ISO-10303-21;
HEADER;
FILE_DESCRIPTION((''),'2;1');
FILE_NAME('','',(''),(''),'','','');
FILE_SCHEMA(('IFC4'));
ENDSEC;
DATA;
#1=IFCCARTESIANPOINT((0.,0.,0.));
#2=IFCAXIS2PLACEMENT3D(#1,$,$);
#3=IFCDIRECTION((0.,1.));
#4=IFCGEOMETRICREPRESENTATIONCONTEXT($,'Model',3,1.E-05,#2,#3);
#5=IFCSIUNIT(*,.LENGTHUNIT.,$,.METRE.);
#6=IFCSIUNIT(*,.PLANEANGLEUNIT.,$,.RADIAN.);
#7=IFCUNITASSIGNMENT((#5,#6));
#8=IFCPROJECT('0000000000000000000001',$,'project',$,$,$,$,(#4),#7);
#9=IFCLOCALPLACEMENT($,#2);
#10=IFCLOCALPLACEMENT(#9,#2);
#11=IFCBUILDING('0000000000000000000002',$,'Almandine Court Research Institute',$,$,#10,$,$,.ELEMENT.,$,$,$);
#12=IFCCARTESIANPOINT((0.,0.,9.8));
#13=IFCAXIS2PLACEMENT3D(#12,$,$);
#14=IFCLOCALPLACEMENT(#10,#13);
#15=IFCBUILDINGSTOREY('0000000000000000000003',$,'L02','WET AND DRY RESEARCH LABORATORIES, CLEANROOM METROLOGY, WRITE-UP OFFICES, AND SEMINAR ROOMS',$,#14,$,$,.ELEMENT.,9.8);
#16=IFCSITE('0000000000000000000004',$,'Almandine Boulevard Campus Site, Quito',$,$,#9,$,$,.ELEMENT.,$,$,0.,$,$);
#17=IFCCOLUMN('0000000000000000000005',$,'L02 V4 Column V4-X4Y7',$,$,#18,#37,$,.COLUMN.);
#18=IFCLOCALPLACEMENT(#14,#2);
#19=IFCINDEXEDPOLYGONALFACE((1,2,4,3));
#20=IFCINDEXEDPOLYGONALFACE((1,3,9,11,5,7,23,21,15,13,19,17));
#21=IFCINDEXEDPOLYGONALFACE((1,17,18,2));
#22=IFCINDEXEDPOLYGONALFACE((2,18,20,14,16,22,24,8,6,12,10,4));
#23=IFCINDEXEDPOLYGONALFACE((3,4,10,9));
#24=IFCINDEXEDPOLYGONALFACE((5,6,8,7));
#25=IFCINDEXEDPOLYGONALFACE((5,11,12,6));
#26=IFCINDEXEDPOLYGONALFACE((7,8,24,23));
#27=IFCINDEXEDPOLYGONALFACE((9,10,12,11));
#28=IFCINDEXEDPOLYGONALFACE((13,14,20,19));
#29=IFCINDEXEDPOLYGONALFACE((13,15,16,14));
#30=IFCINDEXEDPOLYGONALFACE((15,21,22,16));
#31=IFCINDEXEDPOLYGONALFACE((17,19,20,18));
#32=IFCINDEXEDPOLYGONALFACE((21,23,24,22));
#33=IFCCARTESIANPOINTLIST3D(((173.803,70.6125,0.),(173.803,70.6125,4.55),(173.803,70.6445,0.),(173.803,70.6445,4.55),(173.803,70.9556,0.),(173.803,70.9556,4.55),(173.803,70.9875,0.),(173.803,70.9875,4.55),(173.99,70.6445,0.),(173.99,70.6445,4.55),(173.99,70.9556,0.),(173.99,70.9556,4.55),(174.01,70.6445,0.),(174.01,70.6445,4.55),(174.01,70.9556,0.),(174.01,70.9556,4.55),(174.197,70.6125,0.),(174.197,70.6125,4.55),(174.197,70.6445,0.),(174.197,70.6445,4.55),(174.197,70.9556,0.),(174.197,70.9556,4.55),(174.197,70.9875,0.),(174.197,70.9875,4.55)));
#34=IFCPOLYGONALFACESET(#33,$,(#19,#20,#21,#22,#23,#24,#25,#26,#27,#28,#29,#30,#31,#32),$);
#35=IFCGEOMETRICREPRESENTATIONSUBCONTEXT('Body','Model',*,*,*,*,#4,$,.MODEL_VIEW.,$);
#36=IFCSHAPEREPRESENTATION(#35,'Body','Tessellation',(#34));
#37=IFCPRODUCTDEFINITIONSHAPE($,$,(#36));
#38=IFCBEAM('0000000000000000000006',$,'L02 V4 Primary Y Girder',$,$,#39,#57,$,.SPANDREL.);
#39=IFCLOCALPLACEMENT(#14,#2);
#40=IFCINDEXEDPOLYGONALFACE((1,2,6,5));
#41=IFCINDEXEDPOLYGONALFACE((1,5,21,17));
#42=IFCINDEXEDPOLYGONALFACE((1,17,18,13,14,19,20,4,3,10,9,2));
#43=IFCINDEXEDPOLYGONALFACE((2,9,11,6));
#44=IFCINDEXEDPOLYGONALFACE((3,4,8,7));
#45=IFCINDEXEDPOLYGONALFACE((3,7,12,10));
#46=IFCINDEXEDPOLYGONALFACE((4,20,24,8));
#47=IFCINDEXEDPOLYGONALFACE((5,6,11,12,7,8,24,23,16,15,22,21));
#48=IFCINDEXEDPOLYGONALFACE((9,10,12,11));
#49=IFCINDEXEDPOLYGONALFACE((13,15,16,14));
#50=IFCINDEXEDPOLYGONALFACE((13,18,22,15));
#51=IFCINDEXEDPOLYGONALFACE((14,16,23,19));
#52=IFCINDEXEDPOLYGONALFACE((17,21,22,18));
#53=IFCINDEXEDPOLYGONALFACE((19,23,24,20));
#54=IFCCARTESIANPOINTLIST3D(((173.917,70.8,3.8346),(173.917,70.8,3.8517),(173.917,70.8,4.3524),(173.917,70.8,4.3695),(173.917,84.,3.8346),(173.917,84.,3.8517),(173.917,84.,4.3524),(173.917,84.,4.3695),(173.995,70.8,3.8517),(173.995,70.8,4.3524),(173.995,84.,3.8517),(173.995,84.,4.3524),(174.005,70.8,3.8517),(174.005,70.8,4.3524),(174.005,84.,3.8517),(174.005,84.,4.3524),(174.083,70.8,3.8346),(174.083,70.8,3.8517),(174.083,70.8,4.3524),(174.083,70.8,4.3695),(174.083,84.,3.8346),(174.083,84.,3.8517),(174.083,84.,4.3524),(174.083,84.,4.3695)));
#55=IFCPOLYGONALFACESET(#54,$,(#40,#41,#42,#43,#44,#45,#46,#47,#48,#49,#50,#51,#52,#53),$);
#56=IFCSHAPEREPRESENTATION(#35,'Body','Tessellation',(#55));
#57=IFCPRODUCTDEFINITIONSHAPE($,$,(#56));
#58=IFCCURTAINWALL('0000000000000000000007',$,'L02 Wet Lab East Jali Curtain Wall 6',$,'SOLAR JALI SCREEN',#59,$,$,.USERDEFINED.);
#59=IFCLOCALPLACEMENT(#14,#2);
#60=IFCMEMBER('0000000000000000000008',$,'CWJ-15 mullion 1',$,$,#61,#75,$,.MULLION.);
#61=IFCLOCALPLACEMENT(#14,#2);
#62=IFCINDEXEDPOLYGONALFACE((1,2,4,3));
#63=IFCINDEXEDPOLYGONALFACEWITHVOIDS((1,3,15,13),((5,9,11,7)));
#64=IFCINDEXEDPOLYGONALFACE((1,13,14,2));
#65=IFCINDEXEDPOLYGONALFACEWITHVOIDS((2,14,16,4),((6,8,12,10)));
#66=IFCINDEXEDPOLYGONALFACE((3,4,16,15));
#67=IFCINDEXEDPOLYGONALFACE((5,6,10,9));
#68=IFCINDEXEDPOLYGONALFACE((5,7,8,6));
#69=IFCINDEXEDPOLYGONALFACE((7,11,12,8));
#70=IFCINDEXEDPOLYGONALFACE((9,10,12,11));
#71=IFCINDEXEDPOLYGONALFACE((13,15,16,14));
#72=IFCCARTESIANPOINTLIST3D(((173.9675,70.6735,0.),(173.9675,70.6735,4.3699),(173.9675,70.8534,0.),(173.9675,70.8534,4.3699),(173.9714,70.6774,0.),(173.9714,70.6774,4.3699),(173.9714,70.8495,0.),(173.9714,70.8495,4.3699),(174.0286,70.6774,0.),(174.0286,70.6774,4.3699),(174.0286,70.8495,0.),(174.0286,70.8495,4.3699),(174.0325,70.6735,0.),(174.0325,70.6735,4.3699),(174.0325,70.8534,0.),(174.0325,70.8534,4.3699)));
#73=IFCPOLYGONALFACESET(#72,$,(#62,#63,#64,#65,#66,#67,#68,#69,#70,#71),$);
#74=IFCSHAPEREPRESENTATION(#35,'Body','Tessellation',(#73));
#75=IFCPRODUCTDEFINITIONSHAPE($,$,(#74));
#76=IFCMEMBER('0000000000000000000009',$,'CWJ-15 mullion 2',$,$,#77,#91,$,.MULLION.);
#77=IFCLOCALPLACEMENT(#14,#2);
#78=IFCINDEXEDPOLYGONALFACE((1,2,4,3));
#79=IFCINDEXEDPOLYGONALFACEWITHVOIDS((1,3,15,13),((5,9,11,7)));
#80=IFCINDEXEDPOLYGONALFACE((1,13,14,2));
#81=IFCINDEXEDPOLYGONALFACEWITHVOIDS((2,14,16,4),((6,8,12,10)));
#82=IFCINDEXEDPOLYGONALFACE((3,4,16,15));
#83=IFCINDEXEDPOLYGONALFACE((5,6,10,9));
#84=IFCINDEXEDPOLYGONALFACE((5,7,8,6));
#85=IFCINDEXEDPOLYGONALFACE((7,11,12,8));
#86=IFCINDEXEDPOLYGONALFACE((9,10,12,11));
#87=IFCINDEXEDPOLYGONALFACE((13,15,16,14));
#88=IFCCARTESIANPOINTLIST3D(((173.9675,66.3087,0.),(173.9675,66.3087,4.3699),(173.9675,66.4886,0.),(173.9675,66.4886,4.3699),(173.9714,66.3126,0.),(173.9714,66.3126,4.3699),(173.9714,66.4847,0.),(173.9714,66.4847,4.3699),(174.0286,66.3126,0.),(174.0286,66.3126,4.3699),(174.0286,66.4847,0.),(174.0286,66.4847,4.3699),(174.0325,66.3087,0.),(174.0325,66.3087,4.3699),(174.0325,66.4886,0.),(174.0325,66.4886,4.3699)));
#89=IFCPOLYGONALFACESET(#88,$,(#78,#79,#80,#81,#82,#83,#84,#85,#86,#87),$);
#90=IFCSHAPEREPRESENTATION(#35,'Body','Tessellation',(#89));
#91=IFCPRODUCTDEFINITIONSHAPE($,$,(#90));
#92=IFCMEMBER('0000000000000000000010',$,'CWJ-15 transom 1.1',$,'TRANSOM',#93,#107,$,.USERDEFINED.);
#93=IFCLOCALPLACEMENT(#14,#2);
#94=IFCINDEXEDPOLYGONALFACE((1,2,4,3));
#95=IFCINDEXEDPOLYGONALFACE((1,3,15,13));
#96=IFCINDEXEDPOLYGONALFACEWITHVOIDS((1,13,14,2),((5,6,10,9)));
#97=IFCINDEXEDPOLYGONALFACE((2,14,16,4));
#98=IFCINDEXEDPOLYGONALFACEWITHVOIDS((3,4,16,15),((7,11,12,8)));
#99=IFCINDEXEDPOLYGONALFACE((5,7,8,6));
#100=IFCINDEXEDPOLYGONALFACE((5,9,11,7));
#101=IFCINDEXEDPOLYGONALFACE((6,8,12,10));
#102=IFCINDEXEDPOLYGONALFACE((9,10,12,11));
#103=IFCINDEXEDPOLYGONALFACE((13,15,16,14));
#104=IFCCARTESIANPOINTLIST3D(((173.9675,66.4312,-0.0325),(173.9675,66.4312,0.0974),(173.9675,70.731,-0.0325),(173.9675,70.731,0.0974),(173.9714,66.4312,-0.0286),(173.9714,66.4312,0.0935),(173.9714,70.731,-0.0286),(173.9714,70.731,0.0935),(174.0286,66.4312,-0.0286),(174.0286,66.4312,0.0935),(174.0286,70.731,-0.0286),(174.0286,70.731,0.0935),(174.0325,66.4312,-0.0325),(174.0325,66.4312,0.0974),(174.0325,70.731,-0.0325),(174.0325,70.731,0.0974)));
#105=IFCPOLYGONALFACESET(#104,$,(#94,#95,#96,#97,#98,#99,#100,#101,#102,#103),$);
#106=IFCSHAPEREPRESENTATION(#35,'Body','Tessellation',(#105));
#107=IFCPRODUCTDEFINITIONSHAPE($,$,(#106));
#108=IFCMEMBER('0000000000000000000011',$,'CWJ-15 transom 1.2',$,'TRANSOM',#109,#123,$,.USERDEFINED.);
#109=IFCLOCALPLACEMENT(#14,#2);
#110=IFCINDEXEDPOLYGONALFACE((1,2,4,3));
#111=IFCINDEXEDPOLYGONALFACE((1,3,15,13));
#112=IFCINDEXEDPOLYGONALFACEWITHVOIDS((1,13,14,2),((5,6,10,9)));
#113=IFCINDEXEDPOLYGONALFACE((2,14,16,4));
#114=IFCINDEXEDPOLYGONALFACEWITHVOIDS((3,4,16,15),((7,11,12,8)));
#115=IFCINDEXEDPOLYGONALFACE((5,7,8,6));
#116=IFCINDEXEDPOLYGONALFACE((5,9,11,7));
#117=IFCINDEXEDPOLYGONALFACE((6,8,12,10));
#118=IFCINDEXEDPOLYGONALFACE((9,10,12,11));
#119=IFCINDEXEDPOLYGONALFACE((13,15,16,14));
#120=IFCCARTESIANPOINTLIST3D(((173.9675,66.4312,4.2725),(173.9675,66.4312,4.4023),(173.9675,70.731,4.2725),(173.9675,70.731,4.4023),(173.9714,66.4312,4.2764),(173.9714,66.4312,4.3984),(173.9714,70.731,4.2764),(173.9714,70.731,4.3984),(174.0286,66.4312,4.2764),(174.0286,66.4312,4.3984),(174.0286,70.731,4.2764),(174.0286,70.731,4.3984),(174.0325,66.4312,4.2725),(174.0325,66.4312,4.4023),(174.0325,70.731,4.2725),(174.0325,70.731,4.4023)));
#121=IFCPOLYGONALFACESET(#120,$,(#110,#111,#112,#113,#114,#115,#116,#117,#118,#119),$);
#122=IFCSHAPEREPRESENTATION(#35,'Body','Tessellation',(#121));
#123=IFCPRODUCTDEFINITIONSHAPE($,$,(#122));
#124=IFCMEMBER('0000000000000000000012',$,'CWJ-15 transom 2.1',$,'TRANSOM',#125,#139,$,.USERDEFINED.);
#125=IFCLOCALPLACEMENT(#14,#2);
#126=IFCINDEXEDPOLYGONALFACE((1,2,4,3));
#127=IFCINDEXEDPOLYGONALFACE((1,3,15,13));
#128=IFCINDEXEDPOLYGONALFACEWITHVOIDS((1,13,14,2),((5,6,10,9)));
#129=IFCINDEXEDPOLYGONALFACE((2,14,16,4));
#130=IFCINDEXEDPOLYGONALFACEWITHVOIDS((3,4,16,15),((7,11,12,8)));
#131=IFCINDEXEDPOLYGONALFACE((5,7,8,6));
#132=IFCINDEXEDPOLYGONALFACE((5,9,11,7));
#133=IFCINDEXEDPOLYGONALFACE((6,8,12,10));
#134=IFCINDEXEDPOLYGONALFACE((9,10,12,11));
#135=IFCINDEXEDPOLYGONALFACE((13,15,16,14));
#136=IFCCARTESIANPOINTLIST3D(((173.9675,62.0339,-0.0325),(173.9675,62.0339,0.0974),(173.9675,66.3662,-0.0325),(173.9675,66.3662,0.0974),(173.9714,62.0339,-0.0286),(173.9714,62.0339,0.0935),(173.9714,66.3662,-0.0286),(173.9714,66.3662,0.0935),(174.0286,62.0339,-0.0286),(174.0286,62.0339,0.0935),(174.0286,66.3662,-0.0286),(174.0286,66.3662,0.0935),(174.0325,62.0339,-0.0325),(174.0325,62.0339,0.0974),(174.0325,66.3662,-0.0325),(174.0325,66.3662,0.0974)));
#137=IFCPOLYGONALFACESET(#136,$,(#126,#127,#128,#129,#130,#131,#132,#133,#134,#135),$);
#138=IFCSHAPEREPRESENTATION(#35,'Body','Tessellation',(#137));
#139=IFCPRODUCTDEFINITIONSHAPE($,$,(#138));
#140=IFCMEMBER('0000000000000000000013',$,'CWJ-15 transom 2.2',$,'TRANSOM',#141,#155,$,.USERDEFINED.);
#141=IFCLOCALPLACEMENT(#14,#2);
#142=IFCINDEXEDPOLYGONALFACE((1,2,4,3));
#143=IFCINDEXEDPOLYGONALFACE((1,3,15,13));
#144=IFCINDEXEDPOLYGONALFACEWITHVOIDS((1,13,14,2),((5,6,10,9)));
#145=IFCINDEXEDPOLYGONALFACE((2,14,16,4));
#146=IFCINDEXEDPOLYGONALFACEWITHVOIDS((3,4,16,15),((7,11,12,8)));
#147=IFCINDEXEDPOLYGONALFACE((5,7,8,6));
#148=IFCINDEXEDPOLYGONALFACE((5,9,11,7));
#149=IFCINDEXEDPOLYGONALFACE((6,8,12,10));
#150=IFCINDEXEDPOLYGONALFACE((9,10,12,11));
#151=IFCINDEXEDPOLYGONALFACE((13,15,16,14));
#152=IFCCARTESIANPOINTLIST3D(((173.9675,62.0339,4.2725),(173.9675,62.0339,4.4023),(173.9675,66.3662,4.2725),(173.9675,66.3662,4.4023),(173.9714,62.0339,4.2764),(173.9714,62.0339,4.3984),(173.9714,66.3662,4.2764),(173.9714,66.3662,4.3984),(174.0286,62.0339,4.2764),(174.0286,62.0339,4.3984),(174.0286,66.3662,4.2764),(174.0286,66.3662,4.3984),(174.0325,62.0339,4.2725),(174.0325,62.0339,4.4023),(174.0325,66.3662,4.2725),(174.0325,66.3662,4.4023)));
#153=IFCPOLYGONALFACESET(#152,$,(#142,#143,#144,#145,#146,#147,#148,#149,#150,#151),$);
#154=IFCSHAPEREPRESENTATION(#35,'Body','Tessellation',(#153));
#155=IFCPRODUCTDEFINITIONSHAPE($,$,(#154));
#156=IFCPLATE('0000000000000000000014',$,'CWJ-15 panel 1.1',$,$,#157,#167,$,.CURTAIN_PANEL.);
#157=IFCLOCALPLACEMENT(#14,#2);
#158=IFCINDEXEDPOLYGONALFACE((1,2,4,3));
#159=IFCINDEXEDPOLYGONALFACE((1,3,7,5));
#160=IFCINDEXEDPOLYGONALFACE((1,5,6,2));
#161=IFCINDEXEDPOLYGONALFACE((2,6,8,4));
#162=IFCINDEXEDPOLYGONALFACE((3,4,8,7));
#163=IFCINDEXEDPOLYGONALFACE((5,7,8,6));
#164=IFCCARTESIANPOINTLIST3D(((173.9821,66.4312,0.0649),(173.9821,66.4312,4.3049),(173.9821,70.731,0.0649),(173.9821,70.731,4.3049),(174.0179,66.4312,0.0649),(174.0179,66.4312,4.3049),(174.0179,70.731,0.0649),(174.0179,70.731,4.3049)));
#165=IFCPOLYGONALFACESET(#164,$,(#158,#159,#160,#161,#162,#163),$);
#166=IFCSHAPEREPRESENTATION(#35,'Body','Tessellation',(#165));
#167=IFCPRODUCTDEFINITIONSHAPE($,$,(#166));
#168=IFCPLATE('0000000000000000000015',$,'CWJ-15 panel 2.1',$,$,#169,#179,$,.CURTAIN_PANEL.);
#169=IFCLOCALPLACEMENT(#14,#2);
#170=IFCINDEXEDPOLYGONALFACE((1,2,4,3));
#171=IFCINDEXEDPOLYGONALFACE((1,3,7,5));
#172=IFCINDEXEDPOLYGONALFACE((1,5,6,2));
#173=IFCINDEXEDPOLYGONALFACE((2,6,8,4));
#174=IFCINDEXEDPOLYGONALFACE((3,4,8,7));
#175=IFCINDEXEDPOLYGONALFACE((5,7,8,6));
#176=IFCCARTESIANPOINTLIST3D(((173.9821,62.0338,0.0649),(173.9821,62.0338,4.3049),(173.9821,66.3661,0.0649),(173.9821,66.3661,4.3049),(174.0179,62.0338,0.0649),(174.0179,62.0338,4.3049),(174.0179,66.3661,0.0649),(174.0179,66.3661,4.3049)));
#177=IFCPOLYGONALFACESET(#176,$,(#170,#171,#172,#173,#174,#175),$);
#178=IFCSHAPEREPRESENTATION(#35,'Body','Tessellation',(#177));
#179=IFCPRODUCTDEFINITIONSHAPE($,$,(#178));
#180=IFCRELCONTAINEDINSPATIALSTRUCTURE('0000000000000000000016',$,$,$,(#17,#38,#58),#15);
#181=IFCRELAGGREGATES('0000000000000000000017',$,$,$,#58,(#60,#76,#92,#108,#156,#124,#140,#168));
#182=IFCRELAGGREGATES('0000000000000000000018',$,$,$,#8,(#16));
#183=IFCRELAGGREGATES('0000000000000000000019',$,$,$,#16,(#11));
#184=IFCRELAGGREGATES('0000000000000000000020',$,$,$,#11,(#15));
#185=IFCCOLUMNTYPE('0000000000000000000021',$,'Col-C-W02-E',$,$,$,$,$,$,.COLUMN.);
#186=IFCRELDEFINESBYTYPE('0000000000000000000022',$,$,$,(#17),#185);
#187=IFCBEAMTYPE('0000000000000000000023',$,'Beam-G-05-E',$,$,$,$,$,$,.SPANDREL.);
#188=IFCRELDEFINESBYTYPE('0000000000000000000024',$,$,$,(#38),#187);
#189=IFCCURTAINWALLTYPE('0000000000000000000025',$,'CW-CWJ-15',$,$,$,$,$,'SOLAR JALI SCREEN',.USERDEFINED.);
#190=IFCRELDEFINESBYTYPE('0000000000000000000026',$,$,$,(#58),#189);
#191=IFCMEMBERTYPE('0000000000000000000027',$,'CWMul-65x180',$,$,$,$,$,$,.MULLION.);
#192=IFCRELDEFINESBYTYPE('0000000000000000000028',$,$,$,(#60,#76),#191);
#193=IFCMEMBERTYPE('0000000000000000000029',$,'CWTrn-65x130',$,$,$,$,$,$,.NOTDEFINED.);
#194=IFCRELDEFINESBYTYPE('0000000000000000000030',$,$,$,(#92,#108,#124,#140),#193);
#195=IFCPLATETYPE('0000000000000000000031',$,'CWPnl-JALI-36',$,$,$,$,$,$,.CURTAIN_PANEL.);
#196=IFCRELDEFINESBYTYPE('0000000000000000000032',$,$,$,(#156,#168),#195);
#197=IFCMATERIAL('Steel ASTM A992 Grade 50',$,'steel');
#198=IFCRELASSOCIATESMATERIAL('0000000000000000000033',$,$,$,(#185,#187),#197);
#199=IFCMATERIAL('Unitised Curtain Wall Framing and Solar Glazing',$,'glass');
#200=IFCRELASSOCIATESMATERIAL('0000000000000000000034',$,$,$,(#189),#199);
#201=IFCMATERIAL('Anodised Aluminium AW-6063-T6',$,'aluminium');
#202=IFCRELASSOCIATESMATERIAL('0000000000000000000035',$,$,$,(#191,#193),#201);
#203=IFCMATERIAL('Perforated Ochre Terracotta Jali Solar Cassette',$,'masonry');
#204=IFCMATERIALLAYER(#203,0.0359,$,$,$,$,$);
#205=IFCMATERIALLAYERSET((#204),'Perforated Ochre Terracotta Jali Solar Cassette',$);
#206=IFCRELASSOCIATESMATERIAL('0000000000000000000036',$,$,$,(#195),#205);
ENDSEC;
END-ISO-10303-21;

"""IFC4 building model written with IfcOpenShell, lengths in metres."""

from ifc_helpers import new_model, si_unit, direction, frame, origin, origin_2d, place, context, subcontext, project, spatial, rectangle, hollow_rectangle, i_section, extrude, material, layer, layer_set, material_profile, profile_set, type_object, element, aggregate, save


model = new_model("IFC4")

# Units and contexts
model_context = context("Model", 3, precision=1e-05, world=origin(), true_north=direction((0.0, 1.0)))
body_context = subcontext(model_context, "Body", "Model", "MODEL_VIEW")
ifc_project = project(units=[si_unit("LENGTHUNIT", "METRE"), si_unit("PLANEANGLEUNIT", "RADIAN")], contexts=[model_context])

# Site, building, storey
site_placement = place(None, origin())
site = spatial("IfcSite", under=ifc_project, at=site_placement, Name="Almandine Boulevard Campus Site, Quito", CompositionType="ELEMENT", RefElevation=0.0)
building_placement = place(site_placement, origin())
building = spatial("IfcBuilding", under=site, at=building_placement, Name="Almandine Court Research Institute", CompositionType="ELEMENT")
storey_placement = place(building_placement, frame((0.0, 0.0, 9.8)))
storey = spatial("IfcBuildingStorey", under=building, at=storey_placement, Name="L02", Description="WET AND DRY RESEARCH LABORATORIES, CLEANROOM METROLOGY, WRITE-UP OFFICES, AND SEMINAR ROOMS", CompositionType="ELEMENT", Elevation=9.8)

# Column
ifc_material_1 = material(Name="Steel ASTM A992 Grade 50", Category="steel")
ifc_material_profile_1 = material_profile(ifc_material_1, i_section(OverallWidth=0.394, OverallDepth=0.375, WebThickness=0.02, FlangeThickness=0.032, at=origin_2d()), Name="W360x216")
ifc_profile_set_1 = profile_set([ifc_material_profile_1], Name="Steel ASTM A992 Grade 50")
column_type = type_object("IfcColumnType", Name="Col-C-W02-E", PredefinedType="COLUMN", material=ifc_profile_set_1)
column_placement = place(storey_placement, frame((174.0, 70.8, 0.0), z_axis=(0.0, 0.0, 1.0), x_axis=(1.0, 0.0, 0.0)))
element("IfcColumn", 1, at=column_placement, inside=storey, type_object=column_type, Name="L02 V4 Column V4-X4Y7", PredefinedType="COLUMN", context=body_context, shape_type="SweptSolid", body=[
    extrude(i_section(OverallWidth=0.394, OverallDepth=0.375, WebThickness=0.02, FlangeThickness=0.032, at=origin_2d()), origin(), (0.0, 0.0, 1.0), 4.55),
])

# Beam
ifc_material_profile_2 = material_profile(ifc_material_1, i_section(OverallWidth=0.166, OverallDepth=0.5349, WebThickness=0.01, FlangeThickness=0.0171, at=origin_2d()), Name="W530x85")
ifc_profile_set_2 = profile_set([ifc_material_profile_2], Name="Steel ASTM A992 Grade 50")
beam_type = type_object("IfcBeamType", Name="Beam-G-05-E", PredefinedType="SPANDREL", material=ifc_profile_set_2)
beam_placement = place(storey_placement, frame((174.0, 70.8, 4.1021), z_axis=(0.0, 1.0, 0.0), x_axis=(-1.0, 0.0, 0.0)))
element("IfcBeam", 2, at=beam_placement, inside=storey, type_object=beam_type, Name="L02 V4 Primary Y Girder", PredefinedType="SPANDREL", context=body_context, shape_type="SweptSolid", body=[
    extrude(i_section(OverallWidth=0.166, OverallDepth=0.5349, WebThickness=0.01, FlangeThickness=0.0171, at=origin_2d()), origin(), (0.0, 0.0, 1.0), 13.2),
])

# Curtain wall, members, plates
ifc_material_2 = material(Name="Unitised Curtain Wall Framing and Solar Glazing", Category="glass")
curtain_wall_type = type_object("IfcCurtainWallType", Name="CW-CWJ-15", ElementType="SOLAR JALI SCREEN", PredefinedType="USERDEFINED", material=ifc_material_2)
curtain_wall_placement = place(storey_placement, origin())
curtain_wall = element("IfcCurtainWall", 3, at=curtain_wall_placement, inside=storey, type_object=curtain_wall_type, Name="L02 Wet Lab East Jali Curtain Wall 6", ObjectType="SOLAR JALI SCREEN", PredefinedType="USERDEFINED")
ifc_material_3 = material(Name="Anodised Aluminium AW-6063-T6", Category="aluminium")
ifc_material_profile_3 = material_profile(ifc_material_3, hollow_rectangle(XDim=0.0649, YDim=0.1799, WallThickness=0.0039, at=origin_2d()), Name="ALU RHS 65x180x4")
ifc_profile_set_3 = profile_set([ifc_material_profile_3], Name="Anodised Aluminium AW-6063-T6")
member_type_1 = type_object("IfcMemberType", Name="CWMul-65x180", PredefinedType="MULLION", material=ifc_profile_set_3)
member_1_placement = place(storey_placement, frame((174.0, 70.7634, 0.0), z_axis=(0.0, 0.0, 1.0), x_axis=(1.0, 0.0, 0.0)))
member_1 = element("IfcMember", 4, at=member_1_placement, type_object=member_type_1, Name="CWJ-15 mullion 1", PredefinedType="MULLION", context=body_context, shape_type="SweptSolid", body=[
    extrude(hollow_rectangle(XDim=0.0649, YDim=0.1799, WallThickness=0.0039, at=origin_2d()), origin(), (0.0, 0.0, 1.0), 4.3699),
])
member_2_placement = place(storey_placement, frame((174.0, 66.3987, 0.0), z_axis=(0.0, 0.0, 1.0), x_axis=(1.0, 0.0, 0.0)))
member_2 = element("IfcMember", 5, at=member_2_placement, type_object=member_type_1, Name="CWJ-15 mullion 2", PredefinedType="MULLION", context=body_context, shape_type="SweptSolid", body=[
    extrude(hollow_rectangle(XDim=0.0649, YDim=0.1799, WallThickness=0.0039, at=origin_2d()), origin(), (0.0, 0.0, 1.0), 4.3699),
])
ifc_material_profile_4 = material_profile(ifc_material_3, hollow_rectangle(XDim=0.0649, YDim=0.1299, WallThickness=0.0039, at=origin_2d()), Name="ALU RHS 65x130x4")
ifc_profile_set_4 = profile_set([ifc_material_profile_4], Name="Anodised Aluminium AW-6063-T6")
member_type_2 = type_object("IfcMemberType", Name="CWTrn-65x130", PredefinedType="NOTDEFINED", material=ifc_profile_set_4)
member_3_placement = place(storey_placement, frame((174.0, 70.731, 0.0325), z_axis=(0.0, -1.0, 0.0), x_axis=(1.0, 0.0, 0.0)))
member_3 = element("IfcMember", 6, at=member_3_placement, type_object=member_type_2, Name="CWJ-15 transom 1.1", ObjectType="TRANSOM", PredefinedType="USERDEFINED", context=body_context, shape_type="SweptSolid", body=[
    extrude(hollow_rectangle(XDim=0.0649, YDim=0.1299, WallThickness=0.0039, at=origin_2d()), origin(), (0.0, 0.0, 1.0), 4.2998),
])
member_4_placement = place(storey_placement, frame((174.0, 70.731, 4.3374), z_axis=(0.0, -1.0, 0.0), x_axis=(1.0, 0.0, 0.0)))
member_4 = element("IfcMember", 7, at=member_4_placement, type_object=member_type_2, Name="CWJ-15 transom 1.2", ObjectType="TRANSOM", PredefinedType="USERDEFINED", context=body_context, shape_type="SweptSolid", body=[
    extrude(hollow_rectangle(XDim=0.0649, YDim=0.1299, WallThickness=0.0039, at=origin_2d()), origin(), (0.0, 0.0, 1.0), 4.2998),
])
member_5_placement = place(storey_placement, frame((174.0, 66.3662, 0.0325), z_axis=(0.0, -1.0, 0.0), x_axis=(1.0, 0.0, 0.0)))
member_5 = element("IfcMember", 8, at=member_5_placement, type_object=member_type_2, Name="CWJ-15 transom 2.1", ObjectType="TRANSOM", PredefinedType="USERDEFINED", context=body_context, shape_type="SweptSolid", body=[
    extrude(hollow_rectangle(XDim=0.0649, YDim=0.1299, WallThickness=0.0039, at=origin_2d()), origin(), (0.0, 0.0, 1.0), 4.3323),
])
member_6_placement = place(storey_placement, frame((174.0, 66.3662, 4.3374), z_axis=(0.0, -1.0, 0.0), x_axis=(1.0, 0.0, 0.0)))
member_6 = element("IfcMember", 9, at=member_6_placement, type_object=member_type_2, Name="CWJ-15 transom 2.2", ObjectType="TRANSOM", PredefinedType="USERDEFINED", context=body_context, shape_type="SweptSolid", body=[
    extrude(hollow_rectangle(XDim=0.0649, YDim=0.1299, WallThickness=0.0039, at=origin_2d()), origin(), (0.0, 0.0, 1.0), 4.3323),
])
ifc_material_4 = material(Name="Perforated Ochre Terracotta Jali Solar Cassette", Category="masonry")
ifc_layer_1 = layer(ifc_material_4, 0.0359)
ifc_layer_set_1 = layer_set([ifc_layer_1], Name="Perforated Ochre Terracotta Jali Solar Cassette")
plate_type = type_object("IfcPlateType", Name="CWPnl-JALI-36", PredefinedType="CURTAIN_PANEL", material=ifc_layer_set_1)
plate_1_placement = place(storey_placement, frame((174.0, 68.5811, 0.0649), z_axis=(0.0, 0.0, 1.0), x_axis=(0.0, -1.0, 0.0)))
plate_1 = element("IfcPlate", 10, at=plate_1_placement, type_object=plate_type, Name="CWJ-15 panel 1.1", PredefinedType="CURTAIN_PANEL", context=body_context, shape_type="SweptSolid", body=[
    extrude(rectangle(XDim=4.2998, YDim=0.0359, at=origin_2d()), origin(), (0.0, 0.0, 1.0), 4.24),
])
plate_2_placement = place(storey_placement, frame((174.0, 64.2, 0.0649), z_axis=(0.0, 0.0, 1.0), x_axis=(0.0, -1.0, 0.0)))
plate_2 = element("IfcPlate", 11, at=plate_2_placement, type_object=plate_type, Name="CWJ-15 panel 2.1", PredefinedType="CURTAIN_PANEL", context=body_context, shape_type="SweptSolid", body=[
    extrude(rectangle(XDim=4.3323, YDim=0.0359, at=origin_2d()), origin(), (0.0, 0.0, 1.0), 4.24),
])
aggregate(curtain_wall, [member_1, member_2, member_3, member_4, plate_1, member_5, member_6, plate_2])

save(model, "model.ifc")
